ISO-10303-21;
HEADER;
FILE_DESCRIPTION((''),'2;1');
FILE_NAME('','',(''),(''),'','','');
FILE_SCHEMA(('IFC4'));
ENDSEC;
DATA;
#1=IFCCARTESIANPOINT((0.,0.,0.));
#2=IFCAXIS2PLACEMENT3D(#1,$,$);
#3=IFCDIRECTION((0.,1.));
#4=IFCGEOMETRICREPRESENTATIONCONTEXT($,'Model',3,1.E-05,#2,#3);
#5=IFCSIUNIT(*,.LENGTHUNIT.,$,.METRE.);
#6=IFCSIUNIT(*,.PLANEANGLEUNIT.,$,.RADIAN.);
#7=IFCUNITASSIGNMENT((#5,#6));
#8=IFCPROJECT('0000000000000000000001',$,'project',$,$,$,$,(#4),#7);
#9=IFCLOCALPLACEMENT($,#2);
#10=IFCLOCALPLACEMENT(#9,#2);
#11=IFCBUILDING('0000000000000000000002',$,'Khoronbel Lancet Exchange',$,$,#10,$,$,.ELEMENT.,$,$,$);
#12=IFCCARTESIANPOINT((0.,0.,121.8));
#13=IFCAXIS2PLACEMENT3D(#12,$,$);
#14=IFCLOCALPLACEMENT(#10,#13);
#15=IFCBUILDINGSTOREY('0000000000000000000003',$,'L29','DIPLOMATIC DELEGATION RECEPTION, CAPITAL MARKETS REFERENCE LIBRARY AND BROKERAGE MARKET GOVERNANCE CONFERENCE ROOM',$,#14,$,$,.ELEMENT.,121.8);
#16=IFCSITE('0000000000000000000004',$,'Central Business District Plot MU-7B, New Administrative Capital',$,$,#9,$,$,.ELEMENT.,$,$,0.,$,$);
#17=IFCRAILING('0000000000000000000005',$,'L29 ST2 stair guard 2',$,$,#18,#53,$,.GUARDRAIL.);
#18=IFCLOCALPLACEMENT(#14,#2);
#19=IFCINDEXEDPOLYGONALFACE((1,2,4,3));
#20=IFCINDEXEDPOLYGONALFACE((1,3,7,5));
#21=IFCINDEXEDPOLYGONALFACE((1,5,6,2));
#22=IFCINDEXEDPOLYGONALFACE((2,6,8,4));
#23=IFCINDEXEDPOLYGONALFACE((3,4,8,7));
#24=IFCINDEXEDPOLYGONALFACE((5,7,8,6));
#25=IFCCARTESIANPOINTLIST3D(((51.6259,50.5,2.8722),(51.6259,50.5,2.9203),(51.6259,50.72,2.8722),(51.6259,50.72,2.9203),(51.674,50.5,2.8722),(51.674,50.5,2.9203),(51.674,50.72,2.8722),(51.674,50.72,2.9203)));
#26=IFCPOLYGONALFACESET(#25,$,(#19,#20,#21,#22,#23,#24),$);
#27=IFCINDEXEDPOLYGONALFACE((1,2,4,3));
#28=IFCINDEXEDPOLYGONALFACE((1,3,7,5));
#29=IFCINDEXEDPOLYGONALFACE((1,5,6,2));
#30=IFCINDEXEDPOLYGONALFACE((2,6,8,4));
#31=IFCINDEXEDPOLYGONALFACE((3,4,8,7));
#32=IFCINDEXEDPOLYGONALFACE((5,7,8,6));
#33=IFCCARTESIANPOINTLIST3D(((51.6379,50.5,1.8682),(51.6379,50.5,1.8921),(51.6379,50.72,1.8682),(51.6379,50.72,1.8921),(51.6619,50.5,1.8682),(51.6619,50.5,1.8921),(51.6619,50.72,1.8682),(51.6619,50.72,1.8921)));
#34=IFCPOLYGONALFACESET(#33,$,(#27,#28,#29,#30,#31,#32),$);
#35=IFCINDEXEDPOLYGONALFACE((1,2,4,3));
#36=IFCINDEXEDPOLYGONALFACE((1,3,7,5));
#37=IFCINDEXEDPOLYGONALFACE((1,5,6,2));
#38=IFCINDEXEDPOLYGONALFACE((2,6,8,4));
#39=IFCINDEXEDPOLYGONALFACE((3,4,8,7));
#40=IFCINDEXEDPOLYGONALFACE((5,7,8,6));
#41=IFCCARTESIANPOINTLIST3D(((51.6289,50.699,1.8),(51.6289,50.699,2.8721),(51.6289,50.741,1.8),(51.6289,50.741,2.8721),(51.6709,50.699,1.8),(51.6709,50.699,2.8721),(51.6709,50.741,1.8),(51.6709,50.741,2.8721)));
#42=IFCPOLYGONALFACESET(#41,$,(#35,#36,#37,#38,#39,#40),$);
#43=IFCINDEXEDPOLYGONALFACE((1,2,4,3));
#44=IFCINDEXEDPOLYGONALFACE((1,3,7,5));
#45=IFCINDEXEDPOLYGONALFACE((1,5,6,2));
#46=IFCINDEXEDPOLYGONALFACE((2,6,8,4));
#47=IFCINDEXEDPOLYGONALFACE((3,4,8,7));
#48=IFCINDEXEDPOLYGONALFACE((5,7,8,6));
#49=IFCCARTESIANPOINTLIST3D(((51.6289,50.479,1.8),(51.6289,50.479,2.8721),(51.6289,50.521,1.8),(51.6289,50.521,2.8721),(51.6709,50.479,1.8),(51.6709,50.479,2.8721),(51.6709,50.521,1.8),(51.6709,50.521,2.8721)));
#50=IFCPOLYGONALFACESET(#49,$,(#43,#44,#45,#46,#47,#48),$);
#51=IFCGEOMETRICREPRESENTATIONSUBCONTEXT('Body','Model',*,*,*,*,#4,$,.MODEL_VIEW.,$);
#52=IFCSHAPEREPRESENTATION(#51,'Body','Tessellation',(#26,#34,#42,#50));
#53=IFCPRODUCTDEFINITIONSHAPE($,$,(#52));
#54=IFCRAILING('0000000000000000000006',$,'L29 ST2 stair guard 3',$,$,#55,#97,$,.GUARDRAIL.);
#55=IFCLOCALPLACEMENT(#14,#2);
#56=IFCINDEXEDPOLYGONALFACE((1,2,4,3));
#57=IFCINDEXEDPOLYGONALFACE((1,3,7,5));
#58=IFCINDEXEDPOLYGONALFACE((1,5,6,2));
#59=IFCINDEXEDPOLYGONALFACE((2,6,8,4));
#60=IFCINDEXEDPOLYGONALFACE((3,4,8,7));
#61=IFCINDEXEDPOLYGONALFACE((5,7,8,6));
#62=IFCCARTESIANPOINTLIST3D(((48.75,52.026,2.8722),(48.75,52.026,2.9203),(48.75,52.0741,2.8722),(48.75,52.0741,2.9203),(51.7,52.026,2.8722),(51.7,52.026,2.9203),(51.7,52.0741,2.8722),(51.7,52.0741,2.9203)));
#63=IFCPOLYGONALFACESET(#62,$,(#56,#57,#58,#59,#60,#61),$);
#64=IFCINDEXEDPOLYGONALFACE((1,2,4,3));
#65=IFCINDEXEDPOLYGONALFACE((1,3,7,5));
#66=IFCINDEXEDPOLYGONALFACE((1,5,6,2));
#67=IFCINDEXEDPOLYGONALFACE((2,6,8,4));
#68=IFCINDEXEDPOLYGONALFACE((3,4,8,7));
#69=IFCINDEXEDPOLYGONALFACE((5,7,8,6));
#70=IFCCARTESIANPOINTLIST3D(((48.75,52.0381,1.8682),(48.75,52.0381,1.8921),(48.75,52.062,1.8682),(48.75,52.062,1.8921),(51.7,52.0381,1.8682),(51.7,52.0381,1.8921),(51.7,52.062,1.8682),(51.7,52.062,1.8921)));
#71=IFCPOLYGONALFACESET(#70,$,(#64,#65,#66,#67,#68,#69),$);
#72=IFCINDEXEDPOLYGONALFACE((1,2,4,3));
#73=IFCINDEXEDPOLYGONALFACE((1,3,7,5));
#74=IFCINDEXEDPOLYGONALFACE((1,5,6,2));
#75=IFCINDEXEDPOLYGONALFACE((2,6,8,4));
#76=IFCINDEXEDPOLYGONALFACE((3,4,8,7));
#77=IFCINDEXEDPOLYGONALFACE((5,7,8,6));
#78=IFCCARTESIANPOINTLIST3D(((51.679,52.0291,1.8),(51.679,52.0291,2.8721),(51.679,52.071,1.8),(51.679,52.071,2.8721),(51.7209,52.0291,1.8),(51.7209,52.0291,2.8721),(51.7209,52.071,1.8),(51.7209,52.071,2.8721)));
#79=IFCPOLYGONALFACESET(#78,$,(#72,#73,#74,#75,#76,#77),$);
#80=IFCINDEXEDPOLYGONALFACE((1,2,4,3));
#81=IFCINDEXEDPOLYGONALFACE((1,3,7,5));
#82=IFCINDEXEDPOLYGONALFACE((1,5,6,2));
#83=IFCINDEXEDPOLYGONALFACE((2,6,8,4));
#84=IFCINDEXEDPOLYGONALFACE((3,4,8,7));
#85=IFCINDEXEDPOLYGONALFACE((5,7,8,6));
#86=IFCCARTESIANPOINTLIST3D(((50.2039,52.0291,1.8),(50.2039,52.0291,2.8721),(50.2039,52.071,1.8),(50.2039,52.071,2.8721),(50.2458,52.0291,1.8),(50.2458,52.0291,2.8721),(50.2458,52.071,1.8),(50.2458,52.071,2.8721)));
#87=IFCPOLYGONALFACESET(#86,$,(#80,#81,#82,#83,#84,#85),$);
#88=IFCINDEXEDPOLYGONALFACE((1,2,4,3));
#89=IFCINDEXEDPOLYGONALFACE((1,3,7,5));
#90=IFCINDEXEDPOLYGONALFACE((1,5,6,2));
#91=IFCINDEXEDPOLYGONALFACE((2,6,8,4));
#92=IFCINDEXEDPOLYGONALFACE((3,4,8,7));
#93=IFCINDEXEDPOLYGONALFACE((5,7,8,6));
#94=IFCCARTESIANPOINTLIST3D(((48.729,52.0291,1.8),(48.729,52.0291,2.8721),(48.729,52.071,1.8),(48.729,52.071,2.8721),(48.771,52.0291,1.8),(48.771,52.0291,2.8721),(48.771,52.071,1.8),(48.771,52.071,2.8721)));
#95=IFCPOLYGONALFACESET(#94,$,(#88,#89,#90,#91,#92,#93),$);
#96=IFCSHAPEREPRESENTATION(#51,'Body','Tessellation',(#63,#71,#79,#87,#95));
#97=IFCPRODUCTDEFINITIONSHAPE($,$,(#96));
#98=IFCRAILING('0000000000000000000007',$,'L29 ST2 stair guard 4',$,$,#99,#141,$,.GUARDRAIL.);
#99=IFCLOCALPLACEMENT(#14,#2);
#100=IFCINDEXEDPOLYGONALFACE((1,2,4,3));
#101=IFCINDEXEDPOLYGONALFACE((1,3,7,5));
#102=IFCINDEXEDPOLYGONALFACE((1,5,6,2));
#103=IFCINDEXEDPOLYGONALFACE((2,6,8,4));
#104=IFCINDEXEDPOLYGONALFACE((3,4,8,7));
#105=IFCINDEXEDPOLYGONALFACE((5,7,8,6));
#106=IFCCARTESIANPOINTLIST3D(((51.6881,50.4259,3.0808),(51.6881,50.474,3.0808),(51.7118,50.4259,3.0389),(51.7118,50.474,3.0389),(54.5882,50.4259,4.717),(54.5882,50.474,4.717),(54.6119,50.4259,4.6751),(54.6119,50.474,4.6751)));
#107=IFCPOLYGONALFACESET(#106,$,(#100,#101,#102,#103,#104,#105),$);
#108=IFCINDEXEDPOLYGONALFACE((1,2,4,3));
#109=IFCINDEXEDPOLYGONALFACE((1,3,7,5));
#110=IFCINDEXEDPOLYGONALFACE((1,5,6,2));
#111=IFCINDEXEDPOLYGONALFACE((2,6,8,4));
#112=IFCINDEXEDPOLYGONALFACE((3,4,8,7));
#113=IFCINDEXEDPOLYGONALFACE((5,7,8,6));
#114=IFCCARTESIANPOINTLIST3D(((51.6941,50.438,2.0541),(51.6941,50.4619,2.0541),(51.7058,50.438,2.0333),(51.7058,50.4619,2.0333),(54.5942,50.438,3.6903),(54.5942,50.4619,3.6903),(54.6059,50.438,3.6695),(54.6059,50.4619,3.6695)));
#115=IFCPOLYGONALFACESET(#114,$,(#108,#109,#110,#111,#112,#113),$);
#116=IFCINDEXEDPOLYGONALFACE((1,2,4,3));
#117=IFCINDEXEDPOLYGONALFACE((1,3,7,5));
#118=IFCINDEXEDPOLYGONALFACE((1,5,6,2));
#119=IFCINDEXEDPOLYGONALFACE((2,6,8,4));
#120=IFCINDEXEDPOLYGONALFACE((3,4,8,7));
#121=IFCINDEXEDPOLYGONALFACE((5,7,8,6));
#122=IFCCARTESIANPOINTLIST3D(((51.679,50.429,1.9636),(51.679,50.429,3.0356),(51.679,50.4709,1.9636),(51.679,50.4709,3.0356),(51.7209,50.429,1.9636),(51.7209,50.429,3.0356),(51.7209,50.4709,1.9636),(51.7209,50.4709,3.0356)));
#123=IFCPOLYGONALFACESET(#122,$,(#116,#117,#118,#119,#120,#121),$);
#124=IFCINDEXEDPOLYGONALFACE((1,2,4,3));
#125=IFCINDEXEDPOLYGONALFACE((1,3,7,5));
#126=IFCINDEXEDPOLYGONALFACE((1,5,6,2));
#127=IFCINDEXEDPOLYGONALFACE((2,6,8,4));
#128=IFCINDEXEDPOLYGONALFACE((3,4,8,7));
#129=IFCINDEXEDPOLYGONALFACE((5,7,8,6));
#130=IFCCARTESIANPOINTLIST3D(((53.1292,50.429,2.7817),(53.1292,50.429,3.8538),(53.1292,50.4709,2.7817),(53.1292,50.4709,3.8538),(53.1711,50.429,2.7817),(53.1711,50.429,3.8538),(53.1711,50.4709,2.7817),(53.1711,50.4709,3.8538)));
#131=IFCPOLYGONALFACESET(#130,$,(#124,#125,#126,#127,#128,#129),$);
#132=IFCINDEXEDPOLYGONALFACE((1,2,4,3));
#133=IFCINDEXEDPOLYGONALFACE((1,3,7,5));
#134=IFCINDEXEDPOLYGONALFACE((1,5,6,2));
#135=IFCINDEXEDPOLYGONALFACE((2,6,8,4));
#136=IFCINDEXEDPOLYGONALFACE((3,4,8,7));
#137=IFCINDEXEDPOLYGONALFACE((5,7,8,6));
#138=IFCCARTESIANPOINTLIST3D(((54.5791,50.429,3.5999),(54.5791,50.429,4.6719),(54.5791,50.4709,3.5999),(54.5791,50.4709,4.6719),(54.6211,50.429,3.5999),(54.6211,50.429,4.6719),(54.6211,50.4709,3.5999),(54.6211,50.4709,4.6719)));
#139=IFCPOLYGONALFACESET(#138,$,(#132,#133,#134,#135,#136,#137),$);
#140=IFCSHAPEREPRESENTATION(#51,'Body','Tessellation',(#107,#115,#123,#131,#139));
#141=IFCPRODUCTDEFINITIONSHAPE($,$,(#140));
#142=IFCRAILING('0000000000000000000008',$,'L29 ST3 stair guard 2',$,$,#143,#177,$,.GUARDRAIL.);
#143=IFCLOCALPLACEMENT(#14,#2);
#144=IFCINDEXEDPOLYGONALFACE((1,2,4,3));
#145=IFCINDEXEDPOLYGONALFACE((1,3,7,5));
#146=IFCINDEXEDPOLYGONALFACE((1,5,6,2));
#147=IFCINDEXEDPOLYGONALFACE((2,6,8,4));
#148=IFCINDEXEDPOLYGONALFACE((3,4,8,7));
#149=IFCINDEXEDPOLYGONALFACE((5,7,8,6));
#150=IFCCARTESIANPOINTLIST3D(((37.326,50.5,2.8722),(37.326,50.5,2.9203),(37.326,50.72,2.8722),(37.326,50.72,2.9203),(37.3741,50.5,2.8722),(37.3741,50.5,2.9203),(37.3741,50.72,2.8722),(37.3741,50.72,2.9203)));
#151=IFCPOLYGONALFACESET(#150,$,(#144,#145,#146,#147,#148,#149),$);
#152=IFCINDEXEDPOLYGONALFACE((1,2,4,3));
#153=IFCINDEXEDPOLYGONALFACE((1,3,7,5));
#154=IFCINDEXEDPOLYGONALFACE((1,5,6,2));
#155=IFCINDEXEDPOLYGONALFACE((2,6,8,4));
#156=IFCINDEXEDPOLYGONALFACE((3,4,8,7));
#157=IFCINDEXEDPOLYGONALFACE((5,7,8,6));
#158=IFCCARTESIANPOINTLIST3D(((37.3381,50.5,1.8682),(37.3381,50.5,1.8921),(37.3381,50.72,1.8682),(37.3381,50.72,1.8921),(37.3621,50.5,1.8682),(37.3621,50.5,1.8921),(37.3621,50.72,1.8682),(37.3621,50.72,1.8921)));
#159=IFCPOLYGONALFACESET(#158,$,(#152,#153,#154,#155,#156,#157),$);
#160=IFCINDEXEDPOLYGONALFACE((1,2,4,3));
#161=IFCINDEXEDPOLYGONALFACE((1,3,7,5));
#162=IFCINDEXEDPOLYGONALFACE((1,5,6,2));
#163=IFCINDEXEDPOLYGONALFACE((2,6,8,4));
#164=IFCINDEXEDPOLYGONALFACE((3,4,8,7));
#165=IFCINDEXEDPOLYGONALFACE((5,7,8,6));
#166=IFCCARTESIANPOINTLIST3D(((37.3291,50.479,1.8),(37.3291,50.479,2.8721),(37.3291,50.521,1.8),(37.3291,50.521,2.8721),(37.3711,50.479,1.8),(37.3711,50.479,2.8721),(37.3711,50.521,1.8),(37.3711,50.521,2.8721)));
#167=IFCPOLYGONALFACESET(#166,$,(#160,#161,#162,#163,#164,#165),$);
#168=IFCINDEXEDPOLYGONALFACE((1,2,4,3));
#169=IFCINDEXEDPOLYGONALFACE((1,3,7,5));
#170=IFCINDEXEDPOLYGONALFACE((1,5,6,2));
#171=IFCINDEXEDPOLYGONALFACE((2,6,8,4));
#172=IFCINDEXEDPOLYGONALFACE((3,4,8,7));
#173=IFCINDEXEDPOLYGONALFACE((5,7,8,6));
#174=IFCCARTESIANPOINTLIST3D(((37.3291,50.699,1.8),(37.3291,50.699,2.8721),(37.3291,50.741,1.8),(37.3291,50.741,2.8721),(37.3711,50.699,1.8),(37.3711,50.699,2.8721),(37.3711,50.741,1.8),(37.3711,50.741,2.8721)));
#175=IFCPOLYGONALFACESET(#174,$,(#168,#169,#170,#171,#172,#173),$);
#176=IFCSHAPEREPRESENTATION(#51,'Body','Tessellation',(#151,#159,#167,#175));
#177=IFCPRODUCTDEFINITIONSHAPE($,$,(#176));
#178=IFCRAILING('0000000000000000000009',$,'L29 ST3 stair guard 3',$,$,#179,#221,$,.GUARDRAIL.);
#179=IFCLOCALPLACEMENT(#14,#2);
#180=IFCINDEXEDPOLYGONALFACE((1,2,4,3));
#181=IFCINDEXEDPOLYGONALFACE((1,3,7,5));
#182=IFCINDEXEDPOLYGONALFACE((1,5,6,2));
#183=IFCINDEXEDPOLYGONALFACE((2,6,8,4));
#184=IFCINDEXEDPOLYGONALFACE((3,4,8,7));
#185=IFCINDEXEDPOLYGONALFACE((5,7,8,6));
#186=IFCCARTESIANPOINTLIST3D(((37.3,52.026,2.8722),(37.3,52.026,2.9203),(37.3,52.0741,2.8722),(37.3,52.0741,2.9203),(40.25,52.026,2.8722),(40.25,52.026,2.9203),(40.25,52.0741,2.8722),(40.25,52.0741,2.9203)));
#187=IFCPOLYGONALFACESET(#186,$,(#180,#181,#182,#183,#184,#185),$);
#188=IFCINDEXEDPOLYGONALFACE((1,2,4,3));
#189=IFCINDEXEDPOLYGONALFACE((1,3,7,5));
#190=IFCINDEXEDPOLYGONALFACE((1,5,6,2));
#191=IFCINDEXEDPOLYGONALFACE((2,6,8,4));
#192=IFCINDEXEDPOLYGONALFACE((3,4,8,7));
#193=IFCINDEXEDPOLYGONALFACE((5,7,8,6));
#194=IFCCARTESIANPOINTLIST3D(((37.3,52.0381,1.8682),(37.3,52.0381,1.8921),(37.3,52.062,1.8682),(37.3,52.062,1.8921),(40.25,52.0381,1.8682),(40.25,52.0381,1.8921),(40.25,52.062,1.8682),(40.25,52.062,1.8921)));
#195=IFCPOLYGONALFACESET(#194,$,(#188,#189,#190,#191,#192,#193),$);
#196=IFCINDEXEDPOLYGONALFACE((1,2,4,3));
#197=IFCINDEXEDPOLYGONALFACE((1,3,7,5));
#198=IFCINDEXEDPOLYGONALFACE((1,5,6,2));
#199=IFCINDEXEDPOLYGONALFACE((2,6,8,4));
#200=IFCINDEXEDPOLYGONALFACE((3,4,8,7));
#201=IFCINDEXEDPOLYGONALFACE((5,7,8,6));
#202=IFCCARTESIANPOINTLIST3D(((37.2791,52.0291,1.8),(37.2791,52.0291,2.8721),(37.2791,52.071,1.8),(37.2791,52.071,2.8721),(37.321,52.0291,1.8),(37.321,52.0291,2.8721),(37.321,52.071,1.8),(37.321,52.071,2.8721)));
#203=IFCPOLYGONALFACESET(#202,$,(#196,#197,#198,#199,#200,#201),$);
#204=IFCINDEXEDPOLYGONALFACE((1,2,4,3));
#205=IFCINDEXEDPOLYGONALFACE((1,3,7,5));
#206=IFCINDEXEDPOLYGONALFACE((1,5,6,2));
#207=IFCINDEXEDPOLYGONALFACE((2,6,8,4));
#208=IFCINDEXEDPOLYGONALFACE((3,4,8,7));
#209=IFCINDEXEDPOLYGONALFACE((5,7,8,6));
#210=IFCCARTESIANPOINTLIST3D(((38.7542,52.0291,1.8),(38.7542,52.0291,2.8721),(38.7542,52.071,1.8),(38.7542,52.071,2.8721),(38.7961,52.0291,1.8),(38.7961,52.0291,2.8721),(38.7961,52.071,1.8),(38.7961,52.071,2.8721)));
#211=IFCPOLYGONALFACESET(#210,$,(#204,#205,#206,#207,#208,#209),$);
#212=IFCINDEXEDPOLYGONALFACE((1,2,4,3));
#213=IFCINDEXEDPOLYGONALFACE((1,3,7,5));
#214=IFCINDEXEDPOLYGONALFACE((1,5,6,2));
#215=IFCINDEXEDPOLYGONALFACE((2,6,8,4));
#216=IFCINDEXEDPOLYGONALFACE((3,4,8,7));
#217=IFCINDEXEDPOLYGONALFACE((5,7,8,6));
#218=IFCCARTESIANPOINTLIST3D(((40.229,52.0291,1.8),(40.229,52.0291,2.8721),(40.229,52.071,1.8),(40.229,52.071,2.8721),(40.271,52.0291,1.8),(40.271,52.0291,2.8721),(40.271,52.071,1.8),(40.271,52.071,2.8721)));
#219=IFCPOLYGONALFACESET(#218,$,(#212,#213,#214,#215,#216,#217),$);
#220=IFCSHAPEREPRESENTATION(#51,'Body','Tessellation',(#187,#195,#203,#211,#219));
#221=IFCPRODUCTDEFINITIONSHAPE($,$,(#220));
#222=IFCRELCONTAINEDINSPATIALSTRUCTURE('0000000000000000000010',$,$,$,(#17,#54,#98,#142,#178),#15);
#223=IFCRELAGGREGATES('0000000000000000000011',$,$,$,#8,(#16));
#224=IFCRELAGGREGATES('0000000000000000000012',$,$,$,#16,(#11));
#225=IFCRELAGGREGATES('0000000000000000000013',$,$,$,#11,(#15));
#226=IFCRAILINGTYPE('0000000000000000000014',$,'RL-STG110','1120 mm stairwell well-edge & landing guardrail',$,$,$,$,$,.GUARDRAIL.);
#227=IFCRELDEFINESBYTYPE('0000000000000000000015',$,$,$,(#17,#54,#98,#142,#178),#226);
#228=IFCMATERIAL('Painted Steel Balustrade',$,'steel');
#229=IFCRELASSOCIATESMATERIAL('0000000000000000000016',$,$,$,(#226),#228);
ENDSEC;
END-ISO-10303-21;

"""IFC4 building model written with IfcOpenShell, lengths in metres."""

from ifc_helpers import new_model, si_unit, direction, frame, origin, origin_2d, place, context, subcontext, project, spatial, rectangle, extrude, material, type_object, element, save


model = new_model("IFC4")

# Units and contexts
model_context = context("Model", 3, precision=1e-05, world=origin(), true_north=direction((0.0, 1.0)))
body_context = subcontext(model_context, "Body", "Model", "MODEL_VIEW")
ifc_project = project(units=[si_unit("LENGTHUNIT", "METRE"), si_unit("PLANEANGLEUNIT", "RADIAN")], contexts=[model_context])

# Site, building, storey
site_placement = place(None, origin())
site = spatial("IfcSite", under=ifc_project, at=site_placement, Name="Central Business District Plot MU-7B, New Administrative Capital", CompositionType="ELEMENT", RefElevation=0.0)
building_placement = place(site_placement, origin())
building = spatial("IfcBuilding", under=site, at=building_placement, Name="Khoronbel Lancet Exchange", CompositionType="ELEMENT")
storey_placement = place(building_placement, frame((0.0, 0.0, 121.8)))
storey = spatial("IfcBuildingStorey", under=building, at=storey_placement, Name="L29", Description="DIPLOMATIC DELEGATION RECEPTION, CAPITAL MARKETS REFERENCE LIBRARY AND BROKERAGE MARKET GOVERNANCE CONFERENCE ROOM", CompositionType="ELEMENT", Elevation=121.8)

# Railings
ifc_material_1 = material(Name="Painted Steel Balustrade", Category="steel")
railing_type_1 = type_object("IfcRailingType", Name="RL-STG110", Description="1120 mm stairwell well-edge & landing guardrail", PredefinedType="GUARDRAIL", material=ifc_material_1)
railing_1_placement = place(storey_placement, frame((51.6499, 50.72, 1.8)))
element("IfcRailing", 1, at=railing_1_placement, inside=storey, type_object=railing_type_1, Name="L29 ST2 stair guard 2", PredefinedType="GUARDRAIL", context=body_context, shape_type="SweptSolid", body=[
    extrude(rectangle(XDim=0.0481, YDim=0.0481, at=origin_2d()), frame((0.0, 0.0, 1.0962), z_axis=(0.0, -1.0, 0.0), x_axis=(1.0, 0.0, 0.0)), (0.0, 0.0, 1.0), 0.22),
    extrude(rectangle(XDim=0.0239, YDim=0.0239, at=origin_2d()), frame((0.0, 0.0, 0.0801), z_axis=(0.0, -1.0, 0.0), x_axis=(1.0, 0.0, 0.0)), (0.0, 0.0, 1.0), 0.22),
    extrude(rectangle(XDim=0.042, YDim=0.042, at=origin_2d()), origin(), (0.0, 0.0, 1.0), 1.072),
    extrude(rectangle(XDim=0.042, YDim=0.042, at=origin_2d()), frame((0.0, -0.22, 0.0)), (0.0, 0.0, 1.0), 1.072),
])
railing_2_placement = place(storey_placement, frame((51.7, 52.05, 1.8)))
element("IfcRailing", 2, at=railing_2_placement, inside=storey, type_object=railing_type_1, Name="L29 ST2 stair guard 3", PredefinedType="GUARDRAIL", context=body_context, shape_type="SweptSolid", body=[
    extrude(rectangle(XDim=0.0481, YDim=0.0481, at=origin_2d()), frame((0.0, 0.0, 1.0962), z_axis=(-1.0, 0.0, 0.0), x_axis=(0.0, -1.0, 0.0)), (0.0, 0.0, 1.0), 2.95),
    extrude(rectangle(XDim=0.0239, YDim=0.0239, at=origin_2d()), frame((0.0, 0.0, 0.0801), z_axis=(-1.0, 0.0, 0.0), x_axis=(0.0, -1.0, 0.0)), (0.0, 0.0, 1.0), 2.95),
    extrude(rectangle(XDim=0.042, YDim=0.042, at=origin_2d()), origin(), (0.0, 0.0, 1.0), 1.072),
    extrude(rectangle(XDim=0.042, YDim=0.042, at=origin_2d()), frame((-1.4751, 0.0, 0.0)), (0.0, 0.0, 1.0), 1.072),
    extrude(rectangle(XDim=0.042, YDim=0.042, at=origin_2d()), frame((-2.95, 0.0, 0.0)), (0.0, 0.0, 1.0), 1.072),
])
railing_3_placement = place(storey_placement, frame((51.7, 50.45, 1.9636)))
element("IfcRailing", 3, at=railing_3_placement, inside=storey, type_object=railing_type_1, Name="L29 ST2 stair guard 4", PredefinedType="GUARDRAIL", context=body_context, shape_type="SweptSolid", body=[
    extrude(rectangle(XDim=0.0481, YDim=0.0481, at=origin_2d()), frame((0.0, 0.0, 1.0962), z_axis=(0.870946, 0.0, 0.491378), x_axis=(0.0, 1.0, 0.0)), (0.0, 0.0, 1.0), 3.3298),
    extrude(rectangle(XDim=0.0239, YDim=0.0239, at=origin_2d()), frame((0.0, 0.0, 0.0801), z_axis=(0.870946, 0.0, 0.491378), x_axis=(0.0, 1.0, 0.0)), (0.0, 0.0, 1.0), 3.3298),
    extrude(rectangle(XDim=0.042, YDim=0.042, at=origin_2d()), origin(), (0.0, 0.0, 1.0), 1.072),
    extrude(rectangle(XDim=0.042, YDim=0.042, at=origin_2d()), frame((1.4502, 0.0, 0.8181)), (0.0, 0.0, 1.0), 1.072),
    extrude(rectangle(XDim=0.042, YDim=0.042, at=origin_2d()), frame((2.9001, 0.0, 1.6362)), (0.0, 0.0, 1.0), 1.072),
])
railing_4_placement = place(storey_placement, frame((37.3501, 50.5, 1.8)))
element("IfcRailing", 4, at=railing_4_placement, inside=storey, type_object=railing_type_1, Name="L29 ST3 stair guard 2", PredefinedType="GUARDRAIL", context=body_context, shape_type="SweptSolid", body=[
    extrude(rectangle(XDim=0.0481, YDim=0.0481, at=origin_2d()), frame((0.0, 0.0, 1.0962), z_axis=(0.0, 1.0, 0.0), x_axis=(-1.0, 0.0, 0.0)), (0.0, 0.0, 1.0), 0.22),
    extrude(rectangle(XDim=0.0239, YDim=0.0239, at=origin_2d()), frame((0.0, 0.0, 0.0801), z_axis=(0.0, 1.0, 0.0), x_axis=(-1.0, 0.0, 0.0)), (0.0, 0.0, 1.0), 0.22),
    extrude(rectangle(XDim=0.042, YDim=0.042, at=origin_2d()), origin(), (0.0, 0.0, 1.0), 1.072),
    extrude(rectangle(XDim=0.042, YDim=0.042, at=origin_2d()), frame((0.0, 0.22, 0.0)), (0.0, 0.0, 1.0), 1.072),
])
railing_5_placement = place(storey_placement, frame((37.3, 52.05, 1.8)))
element("IfcRailing", 5, at=railing_5_placement, inside=storey, type_object=railing_type_1, Name="L29 ST3 stair guard 3", PredefinedType="GUARDRAIL", context=body_context, shape_type="SweptSolid", body=[
    extrude(rectangle(XDim=0.0481, YDim=0.0481, at=origin_2d()), frame((0.0, 0.0, 1.0962), z_axis=(1.0, 0.0, 0.0), x_axis=(0.0, 1.0, 0.0)), (0.0, 0.0, 1.0), 2.95),
    extrude(rectangle(XDim=0.0239, YDim=0.0239, at=origin_2d()), frame((0.0, 0.0, 0.0801), z_axis=(1.0, 0.0, 0.0), x_axis=(0.0, 1.0, 0.0)), (0.0, 0.0, 1.0), 2.95),
    extrude(rectangle(XDim=0.042, YDim=0.042, at=origin_2d()), origin(), (0.0, 0.0, 1.0), 1.072),
    extrude(rectangle(XDim=0.042, YDim=0.042, at=origin_2d()), frame((1.4751, 0.0, 0.0)), (0.0, 0.0, 1.0), 1.072),
    extrude(rectangle(XDim=0.042, YDim=0.042, at=origin_2d()), frame((2.95, 0.0, 0.0)), (0.0, 0.0, 1.0), 1.072),
])

save(model, "model.ifc")
